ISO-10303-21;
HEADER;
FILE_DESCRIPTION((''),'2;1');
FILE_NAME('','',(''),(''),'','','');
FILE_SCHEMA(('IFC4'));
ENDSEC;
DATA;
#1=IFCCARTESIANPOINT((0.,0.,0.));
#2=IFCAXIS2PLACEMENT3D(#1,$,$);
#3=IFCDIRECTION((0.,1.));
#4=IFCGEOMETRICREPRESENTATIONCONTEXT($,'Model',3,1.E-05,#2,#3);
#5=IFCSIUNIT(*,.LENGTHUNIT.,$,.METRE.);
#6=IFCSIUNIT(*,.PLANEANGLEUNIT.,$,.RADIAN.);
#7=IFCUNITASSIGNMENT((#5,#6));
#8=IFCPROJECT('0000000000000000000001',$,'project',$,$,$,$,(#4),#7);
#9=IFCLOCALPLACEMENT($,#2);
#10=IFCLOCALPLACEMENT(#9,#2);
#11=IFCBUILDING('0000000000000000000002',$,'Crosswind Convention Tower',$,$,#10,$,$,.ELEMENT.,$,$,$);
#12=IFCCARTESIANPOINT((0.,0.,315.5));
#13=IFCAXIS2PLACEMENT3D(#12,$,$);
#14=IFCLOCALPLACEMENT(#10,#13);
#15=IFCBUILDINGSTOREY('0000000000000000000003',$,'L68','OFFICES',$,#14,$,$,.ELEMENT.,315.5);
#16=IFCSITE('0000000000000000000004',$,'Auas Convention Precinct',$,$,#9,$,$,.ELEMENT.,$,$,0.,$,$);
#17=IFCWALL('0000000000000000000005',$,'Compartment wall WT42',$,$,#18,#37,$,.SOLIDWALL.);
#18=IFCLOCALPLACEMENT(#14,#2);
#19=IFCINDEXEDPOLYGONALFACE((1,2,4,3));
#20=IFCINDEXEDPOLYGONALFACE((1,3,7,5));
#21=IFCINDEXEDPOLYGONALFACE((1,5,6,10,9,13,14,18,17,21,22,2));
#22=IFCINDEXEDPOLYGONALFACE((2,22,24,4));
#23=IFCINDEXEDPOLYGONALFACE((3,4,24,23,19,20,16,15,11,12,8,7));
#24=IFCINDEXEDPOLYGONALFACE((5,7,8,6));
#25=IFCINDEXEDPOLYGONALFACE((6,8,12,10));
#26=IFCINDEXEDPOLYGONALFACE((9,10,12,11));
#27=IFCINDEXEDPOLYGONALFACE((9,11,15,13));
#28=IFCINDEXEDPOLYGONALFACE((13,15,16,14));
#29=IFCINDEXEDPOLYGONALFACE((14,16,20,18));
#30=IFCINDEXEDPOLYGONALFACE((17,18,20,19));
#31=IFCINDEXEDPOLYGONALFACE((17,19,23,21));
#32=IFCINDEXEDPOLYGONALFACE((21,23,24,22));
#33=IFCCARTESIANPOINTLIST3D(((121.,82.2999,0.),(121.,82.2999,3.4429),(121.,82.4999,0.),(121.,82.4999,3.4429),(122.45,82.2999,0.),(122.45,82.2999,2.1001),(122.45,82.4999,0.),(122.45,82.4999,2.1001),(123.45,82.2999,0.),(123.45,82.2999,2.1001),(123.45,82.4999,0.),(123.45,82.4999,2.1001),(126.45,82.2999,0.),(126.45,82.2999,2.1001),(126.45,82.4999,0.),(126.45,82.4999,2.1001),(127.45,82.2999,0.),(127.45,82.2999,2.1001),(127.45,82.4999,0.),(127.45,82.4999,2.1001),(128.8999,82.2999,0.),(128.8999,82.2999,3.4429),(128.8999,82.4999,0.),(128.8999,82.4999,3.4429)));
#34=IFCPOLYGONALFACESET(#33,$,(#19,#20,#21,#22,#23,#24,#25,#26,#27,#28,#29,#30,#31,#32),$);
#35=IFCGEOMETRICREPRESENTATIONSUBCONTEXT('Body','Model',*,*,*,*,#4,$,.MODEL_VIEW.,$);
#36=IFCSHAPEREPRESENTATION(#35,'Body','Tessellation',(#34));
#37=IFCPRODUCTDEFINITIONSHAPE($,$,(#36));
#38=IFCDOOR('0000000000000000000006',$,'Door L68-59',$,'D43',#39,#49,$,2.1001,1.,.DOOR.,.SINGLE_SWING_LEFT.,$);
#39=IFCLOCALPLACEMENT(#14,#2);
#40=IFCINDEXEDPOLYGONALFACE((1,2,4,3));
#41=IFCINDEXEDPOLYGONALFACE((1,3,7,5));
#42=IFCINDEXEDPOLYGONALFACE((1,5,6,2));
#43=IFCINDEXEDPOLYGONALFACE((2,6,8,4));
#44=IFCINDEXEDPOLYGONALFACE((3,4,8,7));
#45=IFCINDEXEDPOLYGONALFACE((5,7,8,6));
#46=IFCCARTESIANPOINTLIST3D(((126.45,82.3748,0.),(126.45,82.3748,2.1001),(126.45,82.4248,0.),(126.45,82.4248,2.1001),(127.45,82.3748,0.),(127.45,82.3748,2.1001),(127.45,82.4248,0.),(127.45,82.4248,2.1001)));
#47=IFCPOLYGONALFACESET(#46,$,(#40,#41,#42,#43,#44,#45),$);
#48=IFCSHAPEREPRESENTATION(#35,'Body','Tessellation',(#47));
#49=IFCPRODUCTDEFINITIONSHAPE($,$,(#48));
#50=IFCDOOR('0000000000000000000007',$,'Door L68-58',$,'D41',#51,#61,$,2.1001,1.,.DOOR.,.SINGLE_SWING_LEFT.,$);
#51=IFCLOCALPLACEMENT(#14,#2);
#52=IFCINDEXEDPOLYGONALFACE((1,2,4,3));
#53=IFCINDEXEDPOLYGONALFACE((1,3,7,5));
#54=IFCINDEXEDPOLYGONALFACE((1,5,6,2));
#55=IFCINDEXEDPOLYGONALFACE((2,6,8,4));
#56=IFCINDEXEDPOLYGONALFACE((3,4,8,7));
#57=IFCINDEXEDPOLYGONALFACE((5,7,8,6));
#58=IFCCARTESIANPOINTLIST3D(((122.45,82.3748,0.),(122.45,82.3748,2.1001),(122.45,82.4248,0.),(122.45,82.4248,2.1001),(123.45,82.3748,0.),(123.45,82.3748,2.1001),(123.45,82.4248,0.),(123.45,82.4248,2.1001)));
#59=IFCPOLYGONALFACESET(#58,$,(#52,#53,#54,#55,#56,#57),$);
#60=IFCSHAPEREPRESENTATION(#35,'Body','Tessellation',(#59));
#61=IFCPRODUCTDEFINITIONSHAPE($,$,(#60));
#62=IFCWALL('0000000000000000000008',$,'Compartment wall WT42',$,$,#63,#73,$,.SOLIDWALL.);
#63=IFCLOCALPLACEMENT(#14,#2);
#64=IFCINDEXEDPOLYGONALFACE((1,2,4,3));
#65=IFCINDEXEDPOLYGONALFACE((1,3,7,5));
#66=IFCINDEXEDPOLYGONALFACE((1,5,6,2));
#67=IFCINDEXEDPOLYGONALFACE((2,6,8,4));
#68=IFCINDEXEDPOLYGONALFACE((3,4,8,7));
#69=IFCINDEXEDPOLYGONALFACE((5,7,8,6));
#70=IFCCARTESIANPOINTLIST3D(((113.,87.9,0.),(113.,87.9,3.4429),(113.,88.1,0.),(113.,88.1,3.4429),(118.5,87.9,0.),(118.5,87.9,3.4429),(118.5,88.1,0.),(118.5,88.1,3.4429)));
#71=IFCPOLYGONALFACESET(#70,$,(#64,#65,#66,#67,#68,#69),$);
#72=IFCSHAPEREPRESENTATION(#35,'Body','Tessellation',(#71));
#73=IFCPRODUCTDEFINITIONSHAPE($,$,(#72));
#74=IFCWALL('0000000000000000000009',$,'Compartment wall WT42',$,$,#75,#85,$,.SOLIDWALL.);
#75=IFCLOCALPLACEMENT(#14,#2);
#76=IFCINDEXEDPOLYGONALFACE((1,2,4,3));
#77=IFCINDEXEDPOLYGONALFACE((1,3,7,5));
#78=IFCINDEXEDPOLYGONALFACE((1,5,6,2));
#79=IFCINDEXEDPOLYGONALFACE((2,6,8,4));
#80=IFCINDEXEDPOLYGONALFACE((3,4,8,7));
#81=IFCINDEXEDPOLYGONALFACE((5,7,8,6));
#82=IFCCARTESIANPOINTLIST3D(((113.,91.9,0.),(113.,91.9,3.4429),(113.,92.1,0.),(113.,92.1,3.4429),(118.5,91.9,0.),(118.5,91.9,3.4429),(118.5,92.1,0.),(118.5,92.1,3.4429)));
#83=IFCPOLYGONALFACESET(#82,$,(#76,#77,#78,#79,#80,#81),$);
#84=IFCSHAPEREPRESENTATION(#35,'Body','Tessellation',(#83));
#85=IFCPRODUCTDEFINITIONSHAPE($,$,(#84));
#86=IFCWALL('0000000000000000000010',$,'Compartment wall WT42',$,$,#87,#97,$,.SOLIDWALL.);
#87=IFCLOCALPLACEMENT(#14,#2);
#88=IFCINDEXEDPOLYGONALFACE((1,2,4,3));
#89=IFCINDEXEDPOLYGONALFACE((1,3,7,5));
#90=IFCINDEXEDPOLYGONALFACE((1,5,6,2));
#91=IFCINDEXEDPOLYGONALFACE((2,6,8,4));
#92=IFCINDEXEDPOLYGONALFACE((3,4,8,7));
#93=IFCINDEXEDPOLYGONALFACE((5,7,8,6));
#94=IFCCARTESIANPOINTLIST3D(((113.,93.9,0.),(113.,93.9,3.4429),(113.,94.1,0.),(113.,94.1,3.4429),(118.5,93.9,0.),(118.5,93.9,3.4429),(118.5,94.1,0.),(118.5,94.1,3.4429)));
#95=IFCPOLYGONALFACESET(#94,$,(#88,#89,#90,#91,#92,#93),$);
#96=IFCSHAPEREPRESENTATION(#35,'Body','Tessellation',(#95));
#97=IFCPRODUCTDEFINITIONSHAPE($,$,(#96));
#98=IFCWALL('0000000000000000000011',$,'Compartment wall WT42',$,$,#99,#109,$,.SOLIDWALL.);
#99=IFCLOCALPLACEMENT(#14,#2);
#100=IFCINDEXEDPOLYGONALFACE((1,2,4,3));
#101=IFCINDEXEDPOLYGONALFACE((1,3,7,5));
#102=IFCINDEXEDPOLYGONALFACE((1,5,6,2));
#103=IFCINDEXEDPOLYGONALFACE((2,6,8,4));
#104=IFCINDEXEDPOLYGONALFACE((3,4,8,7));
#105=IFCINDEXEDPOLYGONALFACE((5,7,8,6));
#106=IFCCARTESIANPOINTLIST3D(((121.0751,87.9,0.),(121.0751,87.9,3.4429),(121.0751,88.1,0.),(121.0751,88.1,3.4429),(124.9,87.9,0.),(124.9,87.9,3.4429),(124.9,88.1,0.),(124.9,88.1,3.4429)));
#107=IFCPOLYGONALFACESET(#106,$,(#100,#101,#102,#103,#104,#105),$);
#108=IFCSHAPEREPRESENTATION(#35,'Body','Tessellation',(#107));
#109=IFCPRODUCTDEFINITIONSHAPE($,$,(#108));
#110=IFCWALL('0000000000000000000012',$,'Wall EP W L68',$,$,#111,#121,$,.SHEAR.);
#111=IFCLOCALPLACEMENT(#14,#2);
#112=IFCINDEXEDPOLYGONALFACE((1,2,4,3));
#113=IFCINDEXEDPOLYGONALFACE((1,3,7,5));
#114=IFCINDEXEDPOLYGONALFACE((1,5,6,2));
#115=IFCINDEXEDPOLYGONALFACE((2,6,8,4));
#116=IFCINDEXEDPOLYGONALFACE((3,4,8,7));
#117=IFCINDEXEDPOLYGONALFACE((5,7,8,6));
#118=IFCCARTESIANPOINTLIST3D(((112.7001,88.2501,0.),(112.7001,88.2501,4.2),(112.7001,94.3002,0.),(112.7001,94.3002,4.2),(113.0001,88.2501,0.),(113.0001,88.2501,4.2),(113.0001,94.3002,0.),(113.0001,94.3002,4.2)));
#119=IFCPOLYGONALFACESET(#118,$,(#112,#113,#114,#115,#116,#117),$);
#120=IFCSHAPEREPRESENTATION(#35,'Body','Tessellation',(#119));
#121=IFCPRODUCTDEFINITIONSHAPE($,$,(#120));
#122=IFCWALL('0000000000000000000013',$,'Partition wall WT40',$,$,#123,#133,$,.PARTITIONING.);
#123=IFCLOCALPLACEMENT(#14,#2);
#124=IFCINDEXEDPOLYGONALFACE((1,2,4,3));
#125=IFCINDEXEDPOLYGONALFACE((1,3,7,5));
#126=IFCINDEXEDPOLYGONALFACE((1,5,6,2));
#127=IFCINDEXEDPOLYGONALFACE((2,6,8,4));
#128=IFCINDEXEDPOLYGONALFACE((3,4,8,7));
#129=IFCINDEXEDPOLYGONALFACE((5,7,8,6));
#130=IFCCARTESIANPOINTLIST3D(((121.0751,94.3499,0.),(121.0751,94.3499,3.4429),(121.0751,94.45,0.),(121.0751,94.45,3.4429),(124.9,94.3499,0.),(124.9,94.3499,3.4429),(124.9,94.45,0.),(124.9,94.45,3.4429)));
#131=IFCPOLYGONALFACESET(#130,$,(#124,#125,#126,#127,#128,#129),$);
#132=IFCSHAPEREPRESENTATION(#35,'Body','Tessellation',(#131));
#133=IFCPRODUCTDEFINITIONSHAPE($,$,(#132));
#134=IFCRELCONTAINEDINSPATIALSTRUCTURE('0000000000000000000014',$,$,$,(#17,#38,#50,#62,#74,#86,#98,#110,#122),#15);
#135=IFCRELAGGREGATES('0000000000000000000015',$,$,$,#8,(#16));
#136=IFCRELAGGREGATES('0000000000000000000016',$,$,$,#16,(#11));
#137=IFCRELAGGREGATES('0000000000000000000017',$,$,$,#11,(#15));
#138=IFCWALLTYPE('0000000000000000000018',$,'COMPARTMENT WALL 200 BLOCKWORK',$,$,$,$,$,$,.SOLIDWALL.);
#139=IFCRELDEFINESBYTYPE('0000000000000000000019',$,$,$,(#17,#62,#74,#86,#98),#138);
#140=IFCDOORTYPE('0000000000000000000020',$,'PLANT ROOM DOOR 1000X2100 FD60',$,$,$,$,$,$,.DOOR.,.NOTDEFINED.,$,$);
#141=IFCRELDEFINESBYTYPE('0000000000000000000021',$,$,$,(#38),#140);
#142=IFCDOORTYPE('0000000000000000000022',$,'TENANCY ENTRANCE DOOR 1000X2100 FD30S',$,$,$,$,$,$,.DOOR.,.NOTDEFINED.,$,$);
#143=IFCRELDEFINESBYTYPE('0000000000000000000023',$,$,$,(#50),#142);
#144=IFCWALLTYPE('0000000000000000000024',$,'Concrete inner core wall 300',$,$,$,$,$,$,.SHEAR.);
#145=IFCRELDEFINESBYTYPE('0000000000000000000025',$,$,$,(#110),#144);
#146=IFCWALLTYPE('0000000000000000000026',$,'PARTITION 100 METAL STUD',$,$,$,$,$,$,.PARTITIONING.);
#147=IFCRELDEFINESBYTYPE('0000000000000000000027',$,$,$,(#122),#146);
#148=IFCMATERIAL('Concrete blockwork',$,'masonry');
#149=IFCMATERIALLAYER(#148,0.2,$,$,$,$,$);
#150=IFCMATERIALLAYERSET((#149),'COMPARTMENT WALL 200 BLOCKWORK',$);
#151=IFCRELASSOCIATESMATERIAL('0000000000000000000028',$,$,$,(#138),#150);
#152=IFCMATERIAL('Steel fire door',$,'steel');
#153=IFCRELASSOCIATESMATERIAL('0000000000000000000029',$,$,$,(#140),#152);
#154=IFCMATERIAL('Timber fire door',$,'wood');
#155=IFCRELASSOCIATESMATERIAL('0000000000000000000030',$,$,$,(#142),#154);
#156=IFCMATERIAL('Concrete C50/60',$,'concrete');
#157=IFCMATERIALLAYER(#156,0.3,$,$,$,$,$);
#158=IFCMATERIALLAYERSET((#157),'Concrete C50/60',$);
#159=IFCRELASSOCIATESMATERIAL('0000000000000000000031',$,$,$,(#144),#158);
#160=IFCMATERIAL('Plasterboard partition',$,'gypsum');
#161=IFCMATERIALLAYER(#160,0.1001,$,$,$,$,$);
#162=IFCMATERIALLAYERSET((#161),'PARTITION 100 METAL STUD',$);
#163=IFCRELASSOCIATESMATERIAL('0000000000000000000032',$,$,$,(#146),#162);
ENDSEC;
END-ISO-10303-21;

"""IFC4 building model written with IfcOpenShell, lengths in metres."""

from ifc_helpers import new_model, si_unit, direction, frame, frame_2d, origin, place, context, subcontext, project, spatial, rectangle, extrude, material, layer, layer_set, type_object, element, fill, save


model = new_model("IFC4")

# Units and contexts
model_context = context("Model", 3, precision=1e-05, world=origin(), true_north=direction((0.0, 1.0)))
body_context = subcontext(model_context, "Body", "Model", "MODEL_VIEW")
ifc_project = project(units=[si_unit("LENGTHUNIT", "METRE"), si_unit("PLANEANGLEUNIT", "RADIAN")], contexts=[model_context])

# Site, building, storey
site_placement = place(None, origin())
site = spatial("IfcSite", under=ifc_project, at=site_placement, Name="Auas Convention Precinct", CompositionType="ELEMENT", RefElevation=0.0)
building_placement = place(site_placement, origin())
building = spatial("IfcBuilding", under=site, at=building_placement, Name="Crosswind Convention Tower", CompositionType="ELEMENT")
storey_placement = place(building_placement, frame((0.0, 0.0, 315.5)))
storey = spatial("IfcBuildingStorey", under=building, at=storey_placement, Name="L68", Description="OFFICES", CompositionType="ELEMENT", Elevation=315.5)

# Wall, openings, doors
ifc_material_1 = material(Name="Concrete blockwork", Category="masonry")
ifc_layer_1 = layer(ifc_material_1, 0.2)
ifc_layer_set_1 = layer_set([ifc_layer_1], Name="COMPARTMENT WALL 200 BLOCKWORK")
wall_type_1 = type_object("IfcWallType", Name="COMPARTMENT WALL 200 BLOCKWORK", PredefinedType="SOLIDWALL", material=ifc_layer_set_1)
wall_1_placement = place(storey_placement, frame((121.0, 82.3999, 0.0), z_axis=(0.0, 0.0, 1.0), x_axis=(1.0, 0.0, 0.0)))
wall_1 = element("IfcWall", 1, at=wall_1_placement, inside=storey, type_object=wall_type_1, Name="Compartment wall WT42", PredefinedType="SOLIDWALL", context=body_context, shape_type="SweptSolid", body=[
    extrude(rectangle(XDim=7.8999, YDim=0.2, at=frame_2d((3.95, 0.0))), origin(), (0.0, 0.0, 1.0), 3.4429),
])
opening_1_placement = place(wall_1_placement, frame((1.45, 0.0, 0.0)))
opening_1 = element("IfcOpeningElement", 2, at=opening_1_placement, cuts=wall_1, PredefinedType="OPENING", context=body_context, shape_type="SweptSolid", body=[
    extrude(rectangle(XDim=1.0, YDim=2.1001, at=frame_2d((0.5, 1.05))), frame((0.0, 0.1099, 0.0), z_axis=(0.0, -1.0, 0.0), x_axis=(1.0, 0.0, 0.0)), (0.0, 0.0, 1.0), 0.22),
])
opening_2_placement = place(wall_1_placement, frame((5.45, 0.0, 0.0)))
opening_2 = element("IfcOpeningElement", 3, at=opening_2_placement, cuts=wall_1, PredefinedType="OPENING", context=body_context, shape_type="SweptSolid", body=[
    extrude(rectangle(XDim=1.0, YDim=2.1001, at=frame_2d((0.5, 1.05))), frame((0.0, 0.1099, 0.0), z_axis=(0.0, -1.0, 0.0), x_axis=(1.0, 0.0, 0.0)), (0.0, 0.0, 1.0), 0.22),
])
ifc_material_2 = material(Name="Steel fire door", Category="steel")
door_type_1 = type_object("IfcDoorType", Name="PLANT ROOM DOOR 1000X2100 FD60", OperationType="NOTDEFINED", PredefinedType="DOOR", material=ifc_material_2)
door_1_placement = place(opening_2_placement, origin())
door_1 = element("IfcDoor", 4, at=door_1_placement, inside=storey, type_object=door_type_1, Name="Door L68-59", ObjectType="D43", OperationType="SINGLE_SWING_LEFT", OverallHeight=2.1001, OverallWidth=1.0, PredefinedType="DOOR", context=body_context, shape_type="SweptSolid", body=[
    extrude(rectangle(XDim=1.0, YDim=2.1001, at=frame_2d((0.5, 1.05))), frame((0.0, 0.0249, 0.0), z_axis=(0.0, -1.0, 0.0), x_axis=(1.0, 0.0, 0.0)), (0.0, 0.0, 1.0), 0.05),
])
fill(opening_2, door_1)
ifc_material_3 = material(Name="Timber fire door", Category="wood")
door_type_2 = type_object("IfcDoorType", Name="TENANCY ENTRANCE DOOR 1000X2100 FD30S", OperationType="NOTDEFINED", PredefinedType="DOOR", material=ifc_material_3)
door_2_placement = place(opening_1_placement, origin())
door_2 = element("IfcDoor", 5, at=door_2_placement, inside=storey, type_object=door_type_2, Name="Door L68-58", ObjectType="D41", OperationType="SINGLE_SWING_LEFT", OverallHeight=2.1001, OverallWidth=1.0, PredefinedType="DOOR", context=body_context, shape_type="SweptSolid", body=[
    extrude(rectangle(XDim=1.0, YDim=2.1001, at=frame_2d((0.5, 1.05))), frame((0.0, 0.0249, 0.0), z_axis=(0.0, -1.0, 0.0), x_axis=(1.0, 0.0, 0.0)), (0.0, 0.0, 1.0), 0.05),
])
fill(opening_1, door_2)

# Walls
for number, where, z_axis, x_axis, name in (
    (6, (113.0, 88.0, 0.0), (0.0, 0.0, 1.0), (1.0, 0.0, 0.0), "Compartment wall WT42"),
    (7, (113.0, 92.0, 0.0), (0.0, 0.0, 1.0), (1.0, 0.0, 0.0), "Compartment wall WT42"),
    (8, (113.0, 94.0, 0.0), (0.0, 0.0, 1.0), (1.0, 0.0, 0.0), "Compartment wall WT42"),
):
    element("IfcWall", number, at=place(storey_placement, frame(where, z_axis=z_axis, x_axis=x_axis)), inside=storey, type_object=wall_type_1, Name=name, PredefinedType="SOLIDWALL", context=body_context, shape_type="SweptSolid", body=[
        extrude(rectangle(XDim=5.5, YDim=0.2, at=frame_2d((2.75, 0.0))), origin(), (0.0, 0.0, 1.0), 3.4429),
    ])
wall_2_placement = place(storey_placement, frame((121.075, 88.0, 0.0), z_axis=(0.0, 0.0, 1.0), x_axis=(1.0, 0.0, 0.0)))
element("IfcWall", 9, at=wall_2_placement, inside=storey, type_object=wall_type_1, Name="Compartment wall WT42", PredefinedType="SOLIDWALL", context=body_context, shape_type="SweptSolid", body=[
    extrude(rectangle(XDim=3.825, YDim=0.2, at=frame_2d((1.9126, 0.0))), origin(), (0.0, 0.0, 1.0), 3.4429),
])
ifc_material_4 = material(Name="Concrete C50/60", Category="concrete")
ifc_layer_2 = layer(ifc_material_4, 0.3)
ifc_layer_set_2 = layer_set([ifc_layer_2], Name="Concrete C50/60")
wall_type_2 = type_object("IfcWallType", Name="Concrete inner core wall 300", PredefinedType="SHEAR", material=ifc_layer_set_2)
wall_3_placement = place(storey_placement, frame((112.8501, 94.3, 0.0), z_axis=(0.0, 0.0, 1.0), x_axis=(0.0, -1.0, 0.0)))
element("IfcWall", 10, at=wall_3_placement, inside=storey, type_object=wall_type_2, Name="Wall EP W L68", PredefinedType="SHEAR", context=body_context, shape_type="SweptSolid", body=[
    extrude(rectangle(XDim=6.05, YDim=0.3, at=frame_2d((3.0249, 0.0))), origin(), (0.0, 0.0, 1.0), 4.2),
])
ifc_material_5 = material(Name="Plasterboard partition", Category="gypsum")
ifc_layer_3 = layer(ifc_material_5, 0.1001)
ifc_layer_set_3 = layer_set([ifc_layer_3], Name="PARTITION 100 METAL STUD")
wall_type_3 = type_object("IfcWallType", Name="PARTITION 100 METAL STUD", PredefinedType="PARTITIONING", material=ifc_layer_set_3)
wall_4_placement = place(storey_placement, frame((121.075, 94.3999, 0.0), z_axis=(0.0, 0.0, 1.0), x_axis=(1.0, 0.0, 0.0)))
element("IfcWall", 11, at=wall_4_placement, inside=storey, type_object=wall_type_3, Name="Partition wall WT40", PredefinedType="PARTITIONING", context=body_context, shape_type="SweptSolid", body=[
    extrude(rectangle(XDim=3.825, YDim=0.1001, at=frame_2d((1.9126, 0.0))), origin(), (0.0, 0.0, 1.0), 3.4429),
])

save(model, "model.ifc")
